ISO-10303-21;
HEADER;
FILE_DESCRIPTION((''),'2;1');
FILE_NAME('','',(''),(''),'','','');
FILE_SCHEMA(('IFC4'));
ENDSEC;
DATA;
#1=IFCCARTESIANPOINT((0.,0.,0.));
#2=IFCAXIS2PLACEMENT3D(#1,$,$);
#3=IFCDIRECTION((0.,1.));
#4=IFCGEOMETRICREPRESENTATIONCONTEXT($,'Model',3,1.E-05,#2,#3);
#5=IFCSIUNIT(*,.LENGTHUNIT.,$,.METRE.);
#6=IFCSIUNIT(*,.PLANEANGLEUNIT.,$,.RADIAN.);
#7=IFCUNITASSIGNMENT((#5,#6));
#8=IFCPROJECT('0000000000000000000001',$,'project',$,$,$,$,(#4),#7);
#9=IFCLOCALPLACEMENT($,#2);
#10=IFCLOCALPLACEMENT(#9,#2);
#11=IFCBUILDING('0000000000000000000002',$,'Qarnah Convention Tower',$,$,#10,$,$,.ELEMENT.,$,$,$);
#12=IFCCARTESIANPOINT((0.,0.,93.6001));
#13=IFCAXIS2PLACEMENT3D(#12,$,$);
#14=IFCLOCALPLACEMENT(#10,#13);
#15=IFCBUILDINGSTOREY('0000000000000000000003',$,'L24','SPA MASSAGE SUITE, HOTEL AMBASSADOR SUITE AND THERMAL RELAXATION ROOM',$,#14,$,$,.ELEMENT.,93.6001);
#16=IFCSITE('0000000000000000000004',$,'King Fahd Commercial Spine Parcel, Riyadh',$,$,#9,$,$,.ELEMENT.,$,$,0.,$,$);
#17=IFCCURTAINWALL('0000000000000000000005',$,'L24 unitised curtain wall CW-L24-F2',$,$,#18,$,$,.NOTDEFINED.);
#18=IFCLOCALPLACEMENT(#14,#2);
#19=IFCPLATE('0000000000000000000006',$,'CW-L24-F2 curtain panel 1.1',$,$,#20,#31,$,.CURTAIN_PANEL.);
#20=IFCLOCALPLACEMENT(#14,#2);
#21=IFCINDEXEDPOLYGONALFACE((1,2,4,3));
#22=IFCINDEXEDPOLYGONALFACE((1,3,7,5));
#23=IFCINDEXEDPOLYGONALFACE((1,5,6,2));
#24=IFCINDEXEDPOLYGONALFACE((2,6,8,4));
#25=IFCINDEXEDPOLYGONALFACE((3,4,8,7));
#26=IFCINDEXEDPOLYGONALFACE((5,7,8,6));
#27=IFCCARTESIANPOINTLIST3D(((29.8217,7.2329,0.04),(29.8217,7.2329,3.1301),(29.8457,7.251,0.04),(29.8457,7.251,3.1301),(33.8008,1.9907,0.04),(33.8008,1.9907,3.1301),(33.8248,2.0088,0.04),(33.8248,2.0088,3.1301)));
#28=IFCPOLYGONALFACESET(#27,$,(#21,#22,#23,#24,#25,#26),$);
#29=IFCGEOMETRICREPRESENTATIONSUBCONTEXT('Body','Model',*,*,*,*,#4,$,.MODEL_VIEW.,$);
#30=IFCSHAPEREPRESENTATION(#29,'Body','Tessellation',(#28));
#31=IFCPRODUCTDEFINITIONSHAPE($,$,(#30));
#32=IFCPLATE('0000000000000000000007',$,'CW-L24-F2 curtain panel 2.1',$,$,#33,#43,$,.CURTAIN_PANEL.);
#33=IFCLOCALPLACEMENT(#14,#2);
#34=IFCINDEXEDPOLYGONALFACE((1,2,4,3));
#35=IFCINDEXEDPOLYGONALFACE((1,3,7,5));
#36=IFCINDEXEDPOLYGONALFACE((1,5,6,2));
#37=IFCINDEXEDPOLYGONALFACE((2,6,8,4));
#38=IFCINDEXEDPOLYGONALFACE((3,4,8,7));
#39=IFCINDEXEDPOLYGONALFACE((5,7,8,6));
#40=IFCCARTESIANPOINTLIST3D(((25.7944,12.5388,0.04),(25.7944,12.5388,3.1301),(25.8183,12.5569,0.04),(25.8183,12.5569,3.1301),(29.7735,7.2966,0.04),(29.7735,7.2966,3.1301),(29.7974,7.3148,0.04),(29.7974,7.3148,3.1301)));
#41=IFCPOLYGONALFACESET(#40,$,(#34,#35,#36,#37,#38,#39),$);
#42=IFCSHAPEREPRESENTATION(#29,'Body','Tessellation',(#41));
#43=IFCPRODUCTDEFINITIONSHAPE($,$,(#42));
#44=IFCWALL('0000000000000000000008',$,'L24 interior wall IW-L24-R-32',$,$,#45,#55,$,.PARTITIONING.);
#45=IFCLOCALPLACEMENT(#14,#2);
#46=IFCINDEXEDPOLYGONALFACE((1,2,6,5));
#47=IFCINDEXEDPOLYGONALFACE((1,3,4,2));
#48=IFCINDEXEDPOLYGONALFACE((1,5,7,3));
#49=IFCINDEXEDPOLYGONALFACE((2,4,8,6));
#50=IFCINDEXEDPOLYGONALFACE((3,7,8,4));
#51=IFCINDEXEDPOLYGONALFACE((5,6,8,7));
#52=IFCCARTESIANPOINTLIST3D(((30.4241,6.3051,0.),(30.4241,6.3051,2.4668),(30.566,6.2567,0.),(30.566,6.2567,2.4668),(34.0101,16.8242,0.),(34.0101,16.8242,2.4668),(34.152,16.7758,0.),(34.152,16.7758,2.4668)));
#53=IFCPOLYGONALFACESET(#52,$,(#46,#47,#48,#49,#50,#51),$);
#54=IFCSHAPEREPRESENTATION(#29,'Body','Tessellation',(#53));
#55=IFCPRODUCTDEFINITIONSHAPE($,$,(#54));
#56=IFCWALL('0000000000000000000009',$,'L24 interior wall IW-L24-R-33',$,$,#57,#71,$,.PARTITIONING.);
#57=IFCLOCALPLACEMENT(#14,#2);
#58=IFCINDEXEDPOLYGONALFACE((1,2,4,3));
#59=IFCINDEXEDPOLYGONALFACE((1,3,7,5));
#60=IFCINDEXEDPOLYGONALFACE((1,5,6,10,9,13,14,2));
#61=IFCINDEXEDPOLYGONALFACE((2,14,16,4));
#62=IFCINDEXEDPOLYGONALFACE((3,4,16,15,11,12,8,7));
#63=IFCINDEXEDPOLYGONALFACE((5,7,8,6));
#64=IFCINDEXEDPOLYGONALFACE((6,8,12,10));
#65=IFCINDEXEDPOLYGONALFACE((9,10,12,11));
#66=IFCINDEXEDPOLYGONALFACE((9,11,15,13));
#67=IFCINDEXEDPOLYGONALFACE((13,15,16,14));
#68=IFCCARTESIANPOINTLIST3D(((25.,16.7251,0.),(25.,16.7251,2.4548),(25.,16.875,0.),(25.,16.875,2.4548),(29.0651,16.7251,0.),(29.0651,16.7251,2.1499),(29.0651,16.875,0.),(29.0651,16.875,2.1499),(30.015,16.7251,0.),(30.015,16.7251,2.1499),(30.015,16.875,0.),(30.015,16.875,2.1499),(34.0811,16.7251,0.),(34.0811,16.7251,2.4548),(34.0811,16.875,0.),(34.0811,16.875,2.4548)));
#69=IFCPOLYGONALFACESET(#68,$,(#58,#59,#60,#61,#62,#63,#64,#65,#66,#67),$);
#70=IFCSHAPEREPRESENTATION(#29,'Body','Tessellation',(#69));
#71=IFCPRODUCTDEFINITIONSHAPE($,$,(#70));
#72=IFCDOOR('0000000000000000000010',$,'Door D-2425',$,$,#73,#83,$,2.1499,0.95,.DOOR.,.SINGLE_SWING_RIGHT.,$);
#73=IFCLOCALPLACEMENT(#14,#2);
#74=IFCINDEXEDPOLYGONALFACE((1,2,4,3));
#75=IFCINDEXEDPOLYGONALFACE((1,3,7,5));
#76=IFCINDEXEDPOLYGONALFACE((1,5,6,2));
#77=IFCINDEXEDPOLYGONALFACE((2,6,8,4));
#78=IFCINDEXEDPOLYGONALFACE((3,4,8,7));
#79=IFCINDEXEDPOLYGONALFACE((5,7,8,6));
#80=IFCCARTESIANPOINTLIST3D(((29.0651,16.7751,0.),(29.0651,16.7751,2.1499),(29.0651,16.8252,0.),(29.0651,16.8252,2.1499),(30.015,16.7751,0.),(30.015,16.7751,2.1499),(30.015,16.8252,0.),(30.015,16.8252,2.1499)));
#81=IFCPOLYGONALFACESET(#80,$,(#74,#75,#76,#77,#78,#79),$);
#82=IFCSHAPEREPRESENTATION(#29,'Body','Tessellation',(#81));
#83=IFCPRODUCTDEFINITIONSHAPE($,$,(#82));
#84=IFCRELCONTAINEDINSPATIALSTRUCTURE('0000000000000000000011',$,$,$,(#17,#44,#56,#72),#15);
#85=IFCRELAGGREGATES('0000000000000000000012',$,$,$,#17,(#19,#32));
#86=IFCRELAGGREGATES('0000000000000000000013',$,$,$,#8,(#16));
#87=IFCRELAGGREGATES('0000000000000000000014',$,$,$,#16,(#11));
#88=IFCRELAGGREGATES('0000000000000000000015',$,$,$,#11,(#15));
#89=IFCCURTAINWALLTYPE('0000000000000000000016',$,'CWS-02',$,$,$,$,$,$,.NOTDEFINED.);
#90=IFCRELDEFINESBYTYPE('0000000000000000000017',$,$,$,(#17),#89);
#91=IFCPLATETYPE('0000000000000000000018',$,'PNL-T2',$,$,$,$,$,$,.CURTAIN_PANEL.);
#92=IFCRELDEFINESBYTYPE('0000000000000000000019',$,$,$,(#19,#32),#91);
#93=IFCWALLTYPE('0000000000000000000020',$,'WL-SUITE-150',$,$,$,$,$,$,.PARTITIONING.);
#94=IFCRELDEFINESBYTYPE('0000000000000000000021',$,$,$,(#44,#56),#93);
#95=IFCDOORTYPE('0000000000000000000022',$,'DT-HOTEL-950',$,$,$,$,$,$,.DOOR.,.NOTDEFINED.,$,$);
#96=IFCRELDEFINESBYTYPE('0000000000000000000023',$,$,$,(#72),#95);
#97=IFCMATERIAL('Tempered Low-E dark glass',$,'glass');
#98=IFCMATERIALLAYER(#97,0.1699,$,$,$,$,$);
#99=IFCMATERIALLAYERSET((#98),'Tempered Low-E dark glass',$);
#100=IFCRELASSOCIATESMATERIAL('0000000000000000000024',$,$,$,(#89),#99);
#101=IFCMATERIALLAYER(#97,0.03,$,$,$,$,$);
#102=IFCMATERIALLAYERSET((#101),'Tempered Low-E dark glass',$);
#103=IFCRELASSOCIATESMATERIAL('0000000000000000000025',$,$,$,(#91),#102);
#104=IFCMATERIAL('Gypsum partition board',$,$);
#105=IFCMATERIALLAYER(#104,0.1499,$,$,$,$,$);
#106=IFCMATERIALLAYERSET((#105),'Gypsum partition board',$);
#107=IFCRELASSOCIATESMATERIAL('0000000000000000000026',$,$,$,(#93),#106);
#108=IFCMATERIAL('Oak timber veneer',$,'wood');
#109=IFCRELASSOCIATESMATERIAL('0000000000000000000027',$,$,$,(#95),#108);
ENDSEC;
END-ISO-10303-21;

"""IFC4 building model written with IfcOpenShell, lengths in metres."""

from ifc_helpers import new_model, si_unit, direction, frame, frame_2d, origin, origin_2d, place, context, subcontext, project, spatial, rectangle, extrude, material, layer, layer_set, type_object, element, fill, aggregate, save


model = new_model("IFC4")

# Units and contexts
model_context = context("Model", 3, precision=1e-05, world=origin(), true_north=direction((0.0, 1.0)))
body_context = subcontext(model_context, "Body", "Model", "MODEL_VIEW")
ifc_project = project(units=[si_unit("LENGTHUNIT", "METRE"), si_unit("PLANEANGLEUNIT", "RADIAN")], contexts=[model_context])

# Site, building, storey
site_placement = place(None, origin())
site = spatial("IfcSite", under=ifc_project, at=site_placement, Name="King Fahd Commercial Spine Parcel, Riyadh", CompositionType="ELEMENT", RefElevation=0.0)
building_placement = place(site_placement, origin())
building = spatial("IfcBuilding", under=site, at=building_placement, Name="Qarnah Convention Tower", CompositionType="ELEMENT")
storey_placement = place(building_placement, frame((0.0, 0.0, 93.6001)))
storey = spatial("IfcBuildingStorey", under=building, at=storey_placement, Name="L24", Description="SPA MASSAGE SUITE, HOTEL AMBASSADOR SUITE AND THERMAL RELAXATION ROOM", CompositionType="ELEMENT", Elevation=93.6001)

# Curtain wall, plates
ifc_material_1 = material(Name="Tempered Low-E dark glass", Category="glass")
ifc_layer_1 = layer(ifc_material_1, 0.1699)
ifc_layer_set_1 = layer_set([ifc_layer_1], Name="Tempered Low-E dark glass")
curtain_wall_type = type_object("IfcCurtainWallType", Name="CWS-02", PredefinedType="NOTDEFINED", material=ifc_layer_set_1)
curtain_wall_placement = place(storey_placement, origin())
curtain_wall = element("IfcCurtainWall", 1, at=curtain_wall_placement, inside=storey, type_object=curtain_wall_type, Name="L24 unitised curtain wall CW-L24-F2", PredefinedType="NOTDEFINED")
ifc_layer_2 = layer(ifc_material_1, 0.03)
ifc_layer_set_2 = layer_set([ifc_layer_2], Name="Tempered Low-E dark glass")
plate_type = type_object("IfcPlateType", Name="PNL-T2", PredefinedType="CURTAIN_PANEL", material=ifc_layer_set_2)
plate_1_placement = place(storey_placement, frame((31.8232, 4.6208, 0.04), z_axis=(0.0, 0.0, 1.0), x_axis=(-0.604607, 0.796524, 0.0)))
plate_1 = element("IfcPlate", 2, at=plate_1_placement, type_object=plate_type, Name="CW-L24-F2 curtain panel 1.1", PredefinedType="CURTAIN_PANEL", context=body_context, shape_type="SweptSolid", body=[
    extrude(rectangle(XDim=6.5813, YDim=0.03, at=origin_2d()), origin(), (0.0, 0.0, 1.0), 3.0901),
])
plate_2_placement = place(storey_placement, frame((27.7959, 9.9268, 0.04), z_axis=(0.0, 0.0, 1.0), x_axis=(-0.604607, 0.796524, 0.0)))
plate_2 = element("IfcPlate", 3, at=plate_2_placement, type_object=plate_type, Name="CW-L24-F2 curtain panel 2.1", PredefinedType="CURTAIN_PANEL", context=body_context, shape_type="SweptSolid", body=[
    extrude(rectangle(XDim=6.5813, YDim=0.03, at=origin_2d()), origin(), (0.0, 0.0, 1.0), 3.0901),
])
aggregate(curtain_wall, [plate_1, plate_2])

# Wall
ifc_material_2 = material(Name="Gypsum partition board")
ifc_layer_3 = layer(ifc_material_2, 0.1499)
ifc_layer_set_3 = layer_set([ifc_layer_3], Name="Gypsum partition board")
wall_type = type_object("IfcWallType", Name="WL-SUITE-150", PredefinedType="PARTITIONING", material=ifc_layer_set_3)
wall_1_placement = place(storey_placement, frame((30.4951, 6.281, 0.0), z_axis=(0.0, 0.0, 1.0), x_axis=(0.322666, 0.946513, 0.0)))
element("IfcWall", 4, at=wall_1_placement, inside=storey, type_object=wall_type, Name="L24 interior wall IW-L24-R-32", PredefinedType="PARTITIONING", context=body_context, shape_type="SweptSolid", body=[
    extrude(rectangle(XDim=11.1135, YDim=0.1499, at=frame_2d((5.5566, 0.0))), origin(), (0.0, 0.0, 1.0), 2.4668),
])

# Wall, opening, door
wall_2_placement = place(storey_placement, frame((34.0811, 16.8, 0.0), z_axis=(0.0, 0.0, 1.0), x_axis=(-1.0, 0.0, 0.0)))
wall_2 = element("IfcWall", 5, at=wall_2_placement, inside=storey, type_object=wall_type, Name="L24 interior wall IW-L24-R-33", PredefinedType="PARTITIONING", context=body_context, shape_type="SweptSolid", body=[
    extrude(rectangle(XDim=9.0811, YDim=0.1499, at=frame_2d((4.5405, 0.0))), origin(), (0.0, 0.0, 1.0), 2.4548),
])
opening_placement = place(wall_2_placement, frame((4.0659, 0.0, 0.0)))
opening = element("IfcOpeningElement", 6, at=opening_placement, cuts=wall_2, PredefinedType="OPENING", context=body_context, shape_type="SweptSolid", body=[
    extrude(rectangle(XDim=0.95, YDim=2.1499, at=frame_2d((0.4751, 1.075))), frame((0.0, 0.085, 0.0), z_axis=(0.0, -1.0, 0.0), x_axis=(1.0, 0.0, 0.0)), (0.0, 0.0, 1.0), 0.1699),
])
ifc_material_3 = material(Name="Oak timber veneer", Category="wood")
door_type = type_object("IfcDoorType", Name="DT-HOTEL-950", OperationType="NOTDEFINED", PredefinedType="DOOR", material=ifc_material_3)
door_placement = place(opening_placement, origin())
door = element("IfcDoor", 7, at=door_placement, inside=storey, type_object=door_type, Name="Door D-2425", OperationType="SINGLE_SWING_RIGHT", OverallHeight=2.1499, OverallWidth=0.95, PredefinedType="DOOR", context=body_context, shape_type="SweptSolid", body=[
    extrude(rectangle(XDim=0.95, YDim=2.1499, at=frame_2d((0.4751, 1.075))), frame((0.0, 0.0249, 0.0), z_axis=(0.0, -1.0, 0.0), x_axis=(1.0, 0.0, 0.0)), (0.0, 0.0, 1.0), 0.05),
])
fill(opening, door)

save(model, "model.ifc")
